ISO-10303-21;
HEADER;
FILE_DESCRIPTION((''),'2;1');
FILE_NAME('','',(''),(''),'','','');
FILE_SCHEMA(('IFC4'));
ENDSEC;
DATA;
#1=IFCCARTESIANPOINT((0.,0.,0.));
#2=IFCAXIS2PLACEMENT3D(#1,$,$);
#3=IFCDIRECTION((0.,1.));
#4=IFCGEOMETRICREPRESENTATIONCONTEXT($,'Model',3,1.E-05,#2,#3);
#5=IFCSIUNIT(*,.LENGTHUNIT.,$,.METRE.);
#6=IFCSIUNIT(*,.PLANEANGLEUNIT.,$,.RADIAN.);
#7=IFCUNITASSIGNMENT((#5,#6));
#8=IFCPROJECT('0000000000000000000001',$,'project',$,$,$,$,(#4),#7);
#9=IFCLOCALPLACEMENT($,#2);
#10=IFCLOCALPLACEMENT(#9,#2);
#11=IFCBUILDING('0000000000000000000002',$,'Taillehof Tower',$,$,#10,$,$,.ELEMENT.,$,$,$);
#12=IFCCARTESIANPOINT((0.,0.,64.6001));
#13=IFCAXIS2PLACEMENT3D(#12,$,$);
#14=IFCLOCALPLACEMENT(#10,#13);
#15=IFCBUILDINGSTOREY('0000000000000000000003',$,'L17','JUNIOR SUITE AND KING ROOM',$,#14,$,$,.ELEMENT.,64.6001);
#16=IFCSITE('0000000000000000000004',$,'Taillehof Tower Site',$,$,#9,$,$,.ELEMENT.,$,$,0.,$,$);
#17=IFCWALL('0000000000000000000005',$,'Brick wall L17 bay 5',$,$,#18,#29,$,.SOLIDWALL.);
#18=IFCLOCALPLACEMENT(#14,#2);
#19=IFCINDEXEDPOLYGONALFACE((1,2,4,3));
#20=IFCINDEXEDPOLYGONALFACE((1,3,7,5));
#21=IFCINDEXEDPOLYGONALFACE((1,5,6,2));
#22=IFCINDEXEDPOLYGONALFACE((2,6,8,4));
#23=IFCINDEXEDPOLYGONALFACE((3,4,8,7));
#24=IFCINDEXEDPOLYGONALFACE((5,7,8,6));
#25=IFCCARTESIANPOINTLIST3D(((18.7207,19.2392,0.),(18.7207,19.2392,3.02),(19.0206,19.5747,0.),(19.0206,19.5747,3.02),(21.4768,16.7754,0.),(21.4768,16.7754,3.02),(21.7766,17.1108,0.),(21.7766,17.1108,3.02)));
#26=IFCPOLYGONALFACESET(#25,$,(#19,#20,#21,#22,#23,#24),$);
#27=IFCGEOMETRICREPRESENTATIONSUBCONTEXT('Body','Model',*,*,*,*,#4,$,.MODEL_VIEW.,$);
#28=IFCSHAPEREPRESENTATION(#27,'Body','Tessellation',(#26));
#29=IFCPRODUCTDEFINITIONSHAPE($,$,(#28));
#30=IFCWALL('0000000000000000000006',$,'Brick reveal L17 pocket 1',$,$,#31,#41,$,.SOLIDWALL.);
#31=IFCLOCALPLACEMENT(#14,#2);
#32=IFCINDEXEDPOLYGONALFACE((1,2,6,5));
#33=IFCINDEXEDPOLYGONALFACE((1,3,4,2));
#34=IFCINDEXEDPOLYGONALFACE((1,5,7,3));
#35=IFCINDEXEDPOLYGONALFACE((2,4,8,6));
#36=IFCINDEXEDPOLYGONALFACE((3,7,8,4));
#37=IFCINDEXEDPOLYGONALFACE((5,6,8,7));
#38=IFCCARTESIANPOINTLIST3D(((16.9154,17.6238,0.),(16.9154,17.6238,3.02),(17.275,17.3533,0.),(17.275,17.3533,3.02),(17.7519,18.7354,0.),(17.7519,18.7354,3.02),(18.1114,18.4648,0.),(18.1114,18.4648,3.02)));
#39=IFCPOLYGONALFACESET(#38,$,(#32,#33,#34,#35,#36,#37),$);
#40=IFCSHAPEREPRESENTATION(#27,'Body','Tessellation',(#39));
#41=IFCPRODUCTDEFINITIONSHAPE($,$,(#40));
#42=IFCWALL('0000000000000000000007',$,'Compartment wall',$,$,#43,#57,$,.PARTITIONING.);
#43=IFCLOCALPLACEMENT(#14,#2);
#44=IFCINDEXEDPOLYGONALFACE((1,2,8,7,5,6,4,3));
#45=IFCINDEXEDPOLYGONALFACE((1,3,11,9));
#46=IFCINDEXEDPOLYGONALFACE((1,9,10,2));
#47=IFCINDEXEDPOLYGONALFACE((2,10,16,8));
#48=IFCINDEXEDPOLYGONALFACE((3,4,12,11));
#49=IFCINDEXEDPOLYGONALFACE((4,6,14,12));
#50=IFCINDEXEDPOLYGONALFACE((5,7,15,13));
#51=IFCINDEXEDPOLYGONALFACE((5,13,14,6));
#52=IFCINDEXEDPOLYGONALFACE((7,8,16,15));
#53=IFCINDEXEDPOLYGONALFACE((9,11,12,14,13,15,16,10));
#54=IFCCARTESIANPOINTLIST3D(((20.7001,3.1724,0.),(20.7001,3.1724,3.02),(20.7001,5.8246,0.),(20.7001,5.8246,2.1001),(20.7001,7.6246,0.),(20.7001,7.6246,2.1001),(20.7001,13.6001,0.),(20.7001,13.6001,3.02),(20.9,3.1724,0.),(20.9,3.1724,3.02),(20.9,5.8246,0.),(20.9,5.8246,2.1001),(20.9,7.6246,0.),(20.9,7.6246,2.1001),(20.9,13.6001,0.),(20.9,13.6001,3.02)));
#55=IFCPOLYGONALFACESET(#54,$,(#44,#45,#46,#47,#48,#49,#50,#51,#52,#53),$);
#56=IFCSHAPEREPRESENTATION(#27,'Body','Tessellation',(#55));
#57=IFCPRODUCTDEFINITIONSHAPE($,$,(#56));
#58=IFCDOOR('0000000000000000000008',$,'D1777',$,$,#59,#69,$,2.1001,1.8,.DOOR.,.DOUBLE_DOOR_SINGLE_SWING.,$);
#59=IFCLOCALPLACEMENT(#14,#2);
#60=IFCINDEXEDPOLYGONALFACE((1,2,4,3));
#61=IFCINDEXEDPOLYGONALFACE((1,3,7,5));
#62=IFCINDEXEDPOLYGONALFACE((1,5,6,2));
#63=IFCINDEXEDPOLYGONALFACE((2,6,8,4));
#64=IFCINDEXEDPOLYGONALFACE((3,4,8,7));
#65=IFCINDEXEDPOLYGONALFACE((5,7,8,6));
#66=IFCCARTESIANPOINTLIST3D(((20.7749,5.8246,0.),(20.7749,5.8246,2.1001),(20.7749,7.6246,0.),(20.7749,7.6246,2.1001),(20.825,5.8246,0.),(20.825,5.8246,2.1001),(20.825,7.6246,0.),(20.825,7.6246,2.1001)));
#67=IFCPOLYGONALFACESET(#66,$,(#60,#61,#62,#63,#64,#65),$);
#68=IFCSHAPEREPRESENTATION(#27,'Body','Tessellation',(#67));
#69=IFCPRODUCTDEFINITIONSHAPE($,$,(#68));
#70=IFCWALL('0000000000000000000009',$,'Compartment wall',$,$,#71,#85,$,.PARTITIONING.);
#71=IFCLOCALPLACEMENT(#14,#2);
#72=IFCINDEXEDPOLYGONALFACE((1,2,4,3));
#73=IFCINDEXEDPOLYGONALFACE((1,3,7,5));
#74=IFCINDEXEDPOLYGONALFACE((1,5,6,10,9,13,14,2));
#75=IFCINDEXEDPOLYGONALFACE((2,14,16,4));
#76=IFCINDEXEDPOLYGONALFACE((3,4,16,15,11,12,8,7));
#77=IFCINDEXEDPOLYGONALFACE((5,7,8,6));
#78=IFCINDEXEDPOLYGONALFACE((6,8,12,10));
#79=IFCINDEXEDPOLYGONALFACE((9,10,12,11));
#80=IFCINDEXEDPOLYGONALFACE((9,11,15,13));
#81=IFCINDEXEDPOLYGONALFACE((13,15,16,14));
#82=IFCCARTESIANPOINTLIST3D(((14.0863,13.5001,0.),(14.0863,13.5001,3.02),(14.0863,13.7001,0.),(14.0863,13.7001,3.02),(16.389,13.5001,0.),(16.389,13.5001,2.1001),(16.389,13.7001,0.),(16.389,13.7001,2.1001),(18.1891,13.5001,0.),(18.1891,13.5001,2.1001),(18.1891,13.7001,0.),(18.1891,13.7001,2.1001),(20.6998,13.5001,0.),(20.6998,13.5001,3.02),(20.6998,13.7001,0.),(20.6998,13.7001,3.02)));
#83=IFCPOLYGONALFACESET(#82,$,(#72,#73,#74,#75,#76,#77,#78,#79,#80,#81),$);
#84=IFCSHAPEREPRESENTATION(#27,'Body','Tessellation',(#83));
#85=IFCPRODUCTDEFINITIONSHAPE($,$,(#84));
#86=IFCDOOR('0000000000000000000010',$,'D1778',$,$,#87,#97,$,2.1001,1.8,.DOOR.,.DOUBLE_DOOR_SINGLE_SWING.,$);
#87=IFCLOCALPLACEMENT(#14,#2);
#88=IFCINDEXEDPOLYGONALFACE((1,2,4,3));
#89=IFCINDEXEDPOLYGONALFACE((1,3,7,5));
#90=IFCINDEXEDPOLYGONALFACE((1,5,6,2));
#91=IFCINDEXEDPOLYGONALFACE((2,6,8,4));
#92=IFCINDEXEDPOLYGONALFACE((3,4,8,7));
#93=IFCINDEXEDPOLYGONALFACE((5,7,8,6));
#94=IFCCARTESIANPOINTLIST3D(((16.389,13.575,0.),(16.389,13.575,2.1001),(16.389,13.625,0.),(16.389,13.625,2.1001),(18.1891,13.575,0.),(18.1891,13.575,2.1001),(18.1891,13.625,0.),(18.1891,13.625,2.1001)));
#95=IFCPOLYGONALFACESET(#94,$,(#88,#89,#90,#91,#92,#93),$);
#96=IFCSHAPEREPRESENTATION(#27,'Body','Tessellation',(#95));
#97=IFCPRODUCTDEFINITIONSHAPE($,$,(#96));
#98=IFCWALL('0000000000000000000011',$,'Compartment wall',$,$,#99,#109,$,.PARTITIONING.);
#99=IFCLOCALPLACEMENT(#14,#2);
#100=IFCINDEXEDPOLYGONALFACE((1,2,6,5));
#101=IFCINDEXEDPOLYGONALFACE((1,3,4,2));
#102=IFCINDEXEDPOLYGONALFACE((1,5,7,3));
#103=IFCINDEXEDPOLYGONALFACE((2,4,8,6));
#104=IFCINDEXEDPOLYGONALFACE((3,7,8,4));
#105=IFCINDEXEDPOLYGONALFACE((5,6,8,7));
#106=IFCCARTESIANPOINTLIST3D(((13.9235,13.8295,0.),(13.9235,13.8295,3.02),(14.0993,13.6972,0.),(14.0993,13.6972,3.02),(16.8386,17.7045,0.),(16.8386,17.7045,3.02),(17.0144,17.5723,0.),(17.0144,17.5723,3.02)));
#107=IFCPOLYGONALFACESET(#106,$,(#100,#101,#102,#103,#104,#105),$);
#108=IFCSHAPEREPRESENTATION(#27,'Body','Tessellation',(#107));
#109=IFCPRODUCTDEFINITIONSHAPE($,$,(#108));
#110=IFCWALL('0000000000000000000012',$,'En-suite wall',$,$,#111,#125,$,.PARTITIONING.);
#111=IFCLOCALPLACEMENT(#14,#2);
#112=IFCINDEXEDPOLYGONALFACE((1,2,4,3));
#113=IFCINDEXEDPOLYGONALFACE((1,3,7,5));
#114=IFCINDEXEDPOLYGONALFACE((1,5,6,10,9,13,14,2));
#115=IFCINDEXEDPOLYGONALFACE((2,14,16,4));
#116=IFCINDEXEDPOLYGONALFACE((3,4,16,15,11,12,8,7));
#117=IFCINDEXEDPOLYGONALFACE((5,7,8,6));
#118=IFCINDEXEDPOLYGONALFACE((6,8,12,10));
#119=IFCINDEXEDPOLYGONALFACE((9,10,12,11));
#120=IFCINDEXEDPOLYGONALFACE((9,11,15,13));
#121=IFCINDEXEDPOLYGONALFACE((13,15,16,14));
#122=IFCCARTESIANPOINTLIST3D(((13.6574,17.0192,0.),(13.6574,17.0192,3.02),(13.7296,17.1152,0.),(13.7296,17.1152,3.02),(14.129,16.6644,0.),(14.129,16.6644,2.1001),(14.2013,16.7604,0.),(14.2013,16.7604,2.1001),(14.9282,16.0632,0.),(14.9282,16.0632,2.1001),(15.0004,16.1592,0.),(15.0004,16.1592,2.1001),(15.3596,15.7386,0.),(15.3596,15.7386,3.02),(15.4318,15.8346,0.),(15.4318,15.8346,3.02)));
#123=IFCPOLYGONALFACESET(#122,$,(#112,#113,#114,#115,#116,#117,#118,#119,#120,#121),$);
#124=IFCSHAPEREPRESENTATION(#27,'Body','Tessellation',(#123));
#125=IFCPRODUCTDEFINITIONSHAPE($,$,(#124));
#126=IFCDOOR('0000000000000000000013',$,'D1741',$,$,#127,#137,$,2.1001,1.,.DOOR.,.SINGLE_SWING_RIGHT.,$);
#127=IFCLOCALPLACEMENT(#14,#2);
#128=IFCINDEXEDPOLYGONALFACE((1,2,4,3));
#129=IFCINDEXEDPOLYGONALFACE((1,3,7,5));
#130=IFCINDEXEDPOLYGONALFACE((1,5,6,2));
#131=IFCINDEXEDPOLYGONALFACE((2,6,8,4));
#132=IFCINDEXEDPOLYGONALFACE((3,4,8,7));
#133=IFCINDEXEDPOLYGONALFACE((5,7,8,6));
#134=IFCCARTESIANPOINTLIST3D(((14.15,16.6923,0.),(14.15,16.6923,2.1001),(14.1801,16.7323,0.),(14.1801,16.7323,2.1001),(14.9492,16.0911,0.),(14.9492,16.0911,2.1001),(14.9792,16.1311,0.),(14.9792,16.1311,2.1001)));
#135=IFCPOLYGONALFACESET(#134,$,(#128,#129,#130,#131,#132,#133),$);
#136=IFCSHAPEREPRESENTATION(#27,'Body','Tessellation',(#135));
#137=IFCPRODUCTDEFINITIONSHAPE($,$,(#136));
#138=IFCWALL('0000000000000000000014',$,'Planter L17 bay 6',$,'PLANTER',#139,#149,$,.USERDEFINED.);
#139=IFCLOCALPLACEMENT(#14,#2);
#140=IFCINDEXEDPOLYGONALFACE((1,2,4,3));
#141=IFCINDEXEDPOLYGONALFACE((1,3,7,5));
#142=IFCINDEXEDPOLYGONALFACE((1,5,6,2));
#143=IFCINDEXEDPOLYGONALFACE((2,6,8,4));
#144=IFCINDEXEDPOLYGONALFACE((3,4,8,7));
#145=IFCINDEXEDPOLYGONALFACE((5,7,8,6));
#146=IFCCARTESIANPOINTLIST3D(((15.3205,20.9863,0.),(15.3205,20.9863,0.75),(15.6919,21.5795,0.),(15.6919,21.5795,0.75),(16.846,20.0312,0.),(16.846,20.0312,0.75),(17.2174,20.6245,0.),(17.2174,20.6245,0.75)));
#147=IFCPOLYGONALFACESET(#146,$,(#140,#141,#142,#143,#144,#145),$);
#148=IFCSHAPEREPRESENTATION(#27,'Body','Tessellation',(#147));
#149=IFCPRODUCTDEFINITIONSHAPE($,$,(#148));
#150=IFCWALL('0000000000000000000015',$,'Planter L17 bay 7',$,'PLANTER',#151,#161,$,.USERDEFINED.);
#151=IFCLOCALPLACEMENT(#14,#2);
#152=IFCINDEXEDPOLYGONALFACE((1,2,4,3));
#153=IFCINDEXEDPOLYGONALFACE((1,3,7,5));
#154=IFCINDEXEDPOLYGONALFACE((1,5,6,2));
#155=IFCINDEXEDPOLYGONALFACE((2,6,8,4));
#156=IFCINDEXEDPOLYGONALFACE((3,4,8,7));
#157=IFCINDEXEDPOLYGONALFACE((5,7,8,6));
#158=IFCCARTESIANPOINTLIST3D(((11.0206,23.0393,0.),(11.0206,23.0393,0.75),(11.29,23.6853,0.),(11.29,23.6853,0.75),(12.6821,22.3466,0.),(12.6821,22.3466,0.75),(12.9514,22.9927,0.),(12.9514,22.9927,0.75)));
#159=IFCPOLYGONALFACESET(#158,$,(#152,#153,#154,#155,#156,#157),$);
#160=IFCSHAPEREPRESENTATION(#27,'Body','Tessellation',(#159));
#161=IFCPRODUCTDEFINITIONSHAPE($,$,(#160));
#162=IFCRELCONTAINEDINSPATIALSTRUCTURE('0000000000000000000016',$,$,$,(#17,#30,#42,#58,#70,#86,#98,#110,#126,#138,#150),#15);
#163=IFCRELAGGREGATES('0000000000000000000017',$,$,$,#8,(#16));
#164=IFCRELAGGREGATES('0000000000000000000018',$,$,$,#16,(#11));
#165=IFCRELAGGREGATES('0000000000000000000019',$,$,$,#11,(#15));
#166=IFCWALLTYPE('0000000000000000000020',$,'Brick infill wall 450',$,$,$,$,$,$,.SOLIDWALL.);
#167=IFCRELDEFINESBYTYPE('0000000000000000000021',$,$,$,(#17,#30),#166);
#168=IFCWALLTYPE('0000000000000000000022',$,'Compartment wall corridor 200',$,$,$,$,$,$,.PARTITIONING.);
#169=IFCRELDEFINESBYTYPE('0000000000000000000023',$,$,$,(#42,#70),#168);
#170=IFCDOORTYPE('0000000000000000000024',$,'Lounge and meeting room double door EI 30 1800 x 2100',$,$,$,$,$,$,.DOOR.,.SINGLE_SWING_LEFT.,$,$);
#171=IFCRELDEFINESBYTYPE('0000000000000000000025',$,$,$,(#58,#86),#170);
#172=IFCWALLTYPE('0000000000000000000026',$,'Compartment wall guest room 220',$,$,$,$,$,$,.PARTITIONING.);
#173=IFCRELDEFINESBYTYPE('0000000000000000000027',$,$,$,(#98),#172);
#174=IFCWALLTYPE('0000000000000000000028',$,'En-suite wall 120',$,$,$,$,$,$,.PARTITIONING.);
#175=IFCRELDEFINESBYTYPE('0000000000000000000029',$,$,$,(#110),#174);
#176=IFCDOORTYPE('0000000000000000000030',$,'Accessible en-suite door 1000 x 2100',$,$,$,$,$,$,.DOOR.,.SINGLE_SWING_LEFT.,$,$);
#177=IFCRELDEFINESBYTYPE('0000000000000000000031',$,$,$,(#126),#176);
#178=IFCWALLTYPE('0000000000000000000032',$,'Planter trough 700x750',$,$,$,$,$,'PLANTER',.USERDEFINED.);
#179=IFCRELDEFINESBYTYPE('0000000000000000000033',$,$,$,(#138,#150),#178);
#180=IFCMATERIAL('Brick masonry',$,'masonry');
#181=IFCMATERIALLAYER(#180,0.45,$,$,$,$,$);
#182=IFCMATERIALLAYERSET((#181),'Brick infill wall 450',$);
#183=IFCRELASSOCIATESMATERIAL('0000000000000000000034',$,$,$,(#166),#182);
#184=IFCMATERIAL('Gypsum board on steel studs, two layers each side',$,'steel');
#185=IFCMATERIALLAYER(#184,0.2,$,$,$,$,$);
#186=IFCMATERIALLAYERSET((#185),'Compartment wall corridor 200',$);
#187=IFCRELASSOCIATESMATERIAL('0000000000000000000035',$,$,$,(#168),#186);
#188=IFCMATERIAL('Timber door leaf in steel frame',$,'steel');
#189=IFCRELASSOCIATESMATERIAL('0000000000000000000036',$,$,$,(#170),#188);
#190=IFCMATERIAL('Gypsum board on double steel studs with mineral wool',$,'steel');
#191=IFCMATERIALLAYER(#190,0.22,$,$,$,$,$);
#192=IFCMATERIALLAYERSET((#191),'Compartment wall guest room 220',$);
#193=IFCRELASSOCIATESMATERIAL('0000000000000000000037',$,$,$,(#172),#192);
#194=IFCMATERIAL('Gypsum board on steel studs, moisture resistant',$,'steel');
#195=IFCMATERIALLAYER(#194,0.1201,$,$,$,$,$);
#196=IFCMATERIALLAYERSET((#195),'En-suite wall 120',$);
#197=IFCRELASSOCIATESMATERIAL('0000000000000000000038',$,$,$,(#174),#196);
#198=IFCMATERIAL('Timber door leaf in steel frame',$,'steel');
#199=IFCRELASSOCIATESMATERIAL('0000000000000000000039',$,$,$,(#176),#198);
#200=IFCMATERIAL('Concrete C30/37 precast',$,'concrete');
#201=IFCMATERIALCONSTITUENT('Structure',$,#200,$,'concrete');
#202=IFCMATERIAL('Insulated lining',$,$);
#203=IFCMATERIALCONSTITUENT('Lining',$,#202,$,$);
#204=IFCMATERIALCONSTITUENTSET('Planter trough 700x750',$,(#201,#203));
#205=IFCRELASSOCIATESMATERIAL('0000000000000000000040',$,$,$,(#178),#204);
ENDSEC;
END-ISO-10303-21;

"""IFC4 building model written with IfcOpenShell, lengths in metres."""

from ifc_helpers import new_model, si_unit, direction, frame, frame_2d, origin, place, context, subcontext, project, spatial, rectangle, extrude, material, layer, layer_set, constituent, constituent_set, type_object, element, fill, save


model = new_model("IFC4")

# Units and contexts
model_context = context("Model", 3, precision=1e-05, world=origin(), true_north=direction((0.0, 1.0)))
body_context = subcontext(model_context, "Body", "Model", "MODEL_VIEW")
ifc_project = project(units=[si_unit("LENGTHUNIT", "METRE"), si_unit("PLANEANGLEUNIT", "RADIAN")], contexts=[model_context])

# Site, building, storey
site_placement = place(None, origin())
site = spatial("IfcSite", under=ifc_project, at=site_placement, Name="Taillehof Tower Site", CompositionType="ELEMENT", RefElevation=0.0)
building_placement = place(site_placement, origin())
building = spatial("IfcBuilding", under=site, at=building_placement, Name="Taillehof Tower", CompositionType="ELEMENT")
storey_placement = place(building_placement, frame((0.0, 0.0, 64.6001)))
storey = spatial("IfcBuildingStorey", under=building, at=storey_placement, Name="L17", Description="JUNIOR SUITE AND KING ROOM", CompositionType="ELEMENT", Elevation=64.6001)

# Shared definitions
ifc_material_1 = material(Name="Brick masonry", Category="masonry")
ifc_layer_1 = layer(ifc_material_1, 0.45)
ifc_layer_set_1 = layer_set([ifc_layer_1], Name="Brick infill wall 450")
wall_type_1 = type_object("IfcWallType", Name="Brick infill wall 450", PredefinedType="SOLIDWALL", material=ifc_layer_set_1)

# Walls
wall_1_placement = place(storey_placement, frame((21.6267, 16.9431, 0.0), z_axis=(0.0, 0.0, 1.0), x_axis=(-0.745526, 0.666476, 0.0)))
element("IfcWall", 1, at=wall_1_placement, inside=storey, type_object=wall_type_1, Name="Brick wall L17 bay 5", PredefinedType="SOLIDWALL", context=body_context, shape_type="SweptSolid", body=[
    extrude(rectangle(XDim=3.6968, YDim=0.45, at=frame_2d((1.8484, 0.0))), origin(), (0.0, 0.0, 1.0), 3.02),
])
wall_2_placement = place(storey_placement, frame((17.9316, 18.6001, 0.0), z_axis=(0.0, 0.0, 1.0), x_axis=(-0.601263, -0.799051, 0.0)))
element("IfcWall", 2, at=wall_2_placement, inside=storey, type_object=wall_type_1, Name="Brick reveal L17 pocket 1", PredefinedType="SOLIDWALL", context=body_context, shape_type="SweptSolid", body=[
    extrude(rectangle(XDim=1.3911, YDim=0.45, at=frame_2d((0.6956, 0.0))), origin(), (0.0, 0.0, 1.0), 3.02),
])

# Walls, openings, doors
ifc_material_2 = material(Name="Gypsum board on steel studs, two layers each side", Category="steel")
ifc_layer_2 = layer(ifc_material_2, 0.2)
ifc_layer_set_2 = layer_set([ifc_layer_2], Name="Compartment wall corridor 200")
wall_type_2 = type_object("IfcWallType", Name="Compartment wall corridor 200", PredefinedType="PARTITIONING", material=ifc_layer_set_2)
wall_3_placement = place(storey_placement, frame((20.8, 13.6001, 0.0), z_axis=(0.0, 0.0, 1.0), x_axis=(0.0, -1.0, 0.0)))
wall_3 = element("IfcWall", 3, at=wall_3_placement, inside=storey, type_object=wall_type_2, Name="Compartment wall", PredefinedType="PARTITIONING", context=body_context, shape_type="SweptSolid", body=[
    extrude(rectangle(XDim=10.4277, YDim=0.2, at=frame_2d((5.2139, 0.0))), origin(), (0.0, 0.0, 1.0), 3.02),
])
opening_1_placement = place(wall_3_placement, frame((5.9756, 0.0, 0.0)))
opening_1 = element("IfcOpeningElement", 4, at=opening_1_placement, cuts=wall_3, PredefinedType="OPENING", context=body_context, shape_type="SweptSolid", body=[
    extrude(rectangle(XDim=1.8, YDim=2.1001, at=frame_2d((0.8999, 1.05))), frame((0.0, 0.1099, 0.0), z_axis=(0.0, -1.0, 0.0), x_axis=(1.0, 0.0, 0.0)), (0.0, 0.0, 1.0), 0.22),
])
ifc_material_3 = material(Name="Timber door leaf in steel frame", Category="steel")
door_type_1 = type_object("IfcDoorType", Name="Lounge and meeting room double door EI 30 1800 x 2100", OperationType="SINGLE_SWING_LEFT", PredefinedType="DOOR", material=ifc_material_3)
door_1_placement = place(opening_1_placement, origin())
door_1 = element("IfcDoor", 5, at=door_1_placement, inside=storey, type_object=door_type_1, Name="D1777", OperationType="DOUBLE_DOOR_SINGLE_SWING", OverallHeight=2.1001, OverallWidth=1.8, PredefinedType="DOOR", context=body_context, shape_type="SweptSolid", body=[
    extrude(rectangle(XDim=1.8, YDim=2.1001, at=frame_2d((0.8999, 1.05))), frame((0.0, 0.0249, 0.0), z_axis=(0.0, -1.0, 0.0), x_axis=(1.0, 0.0, 0.0)), (0.0, 0.0, 1.0), 0.05),
])
fill(opening_1, door_1)
wall_4_placement = place(storey_placement, frame((14.0864, 13.6001, 0.0), z_axis=(0.0, 0.0, 1.0), x_axis=(1.0, 0.0, 0.0)))
wall_4 = element("IfcWall", 6, at=wall_4_placement, inside=storey, type_object=wall_type_2, Name="Compartment wall", PredefinedType="PARTITIONING", context=body_context, shape_type="SweptSolid", body=[
    extrude(rectangle(XDim=6.6135, YDim=0.2, at=frame_2d((3.3066, 0.0))), origin(), (0.0, 0.0, 1.0), 3.02),
])
opening_2_placement = place(wall_4_placement, frame((2.3027, 0.0, 0.0)))
opening_2 = element("IfcOpeningElement", 7, at=opening_2_placement, cuts=wall_4, PredefinedType="OPENING", context=body_context, shape_type="SweptSolid", body=[
    extrude(rectangle(XDim=1.8, YDim=2.1001, at=frame_2d((0.8999, 1.05))), frame((0.0, 0.1099, 0.0), z_axis=(0.0, -1.0, 0.0), x_axis=(1.0, 0.0, 0.0)), (0.0, 0.0, 1.0), 0.22),
])
door_2_placement = place(opening_2_placement, origin())
door_2 = element("IfcDoor", 8, at=door_2_placement, inside=storey, type_object=door_type_1, Name="D1778", OperationType="DOUBLE_DOOR_SINGLE_SWING", OverallHeight=2.1001, OverallWidth=1.8, PredefinedType="DOOR", context=body_context, shape_type="SweptSolid", body=[
    extrude(rectangle(XDim=1.8, YDim=2.1001, at=frame_2d((0.8999, 1.05))), frame((0.0, 0.0249, 0.0), z_axis=(0.0, -1.0, 0.0), x_axis=(1.0, 0.0, 0.0)), (0.0, 0.0, 1.0), 0.05),
])
fill(opening_2, door_2)

# Wall
ifc_material_4 = material(Name="Gypsum board on double steel studs with mineral wool", Category="steel")
ifc_layer_3 = layer(ifc_material_4, 0.22)
ifc_layer_set_3 = layer_set([ifc_layer_3], Name="Compartment wall guest room 220")
wall_type_3 = type_object("IfcWallType", Name="Compartment wall guest room 220", PredefinedType="PARTITIONING", material=ifc_layer_set_3)
wall_5_placement = place(storey_placement, frame((16.9265, 17.6384, 0.0), z_axis=(0.0, 0.0, 1.0), x_axis=(-0.601159, -0.799129, 0.0)))
element("IfcWall", 9, at=wall_5_placement, inside=storey, type_object=wall_type_3, Name="Compartment wall", PredefinedType="PARTITIONING", context=body_context, shape_type="SweptSolid", body=[
    extrude(rectangle(XDim=4.8491, YDim=0.22, at=frame_2d((2.4246, 0.0))), origin(), (0.0, 0.0, 1.0), 3.02),
])

# Wall, opening, door
ifc_material_5 = material(Name="Gypsum board on steel studs, moisture resistant", Category="steel")
ifc_layer_4 = layer(ifc_material_5, 0.1201)
ifc_layer_set_4 = layer_set([ifc_layer_4], Name="En-suite wall 120")
wall_type_4 = type_object("IfcWallType", Name="En-suite wall 120", PredefinedType="PARTITIONING", material=ifc_layer_set_4)
wall_6_placement = place(storey_placement, frame((13.6936, 17.0671, 0.0), z_axis=(0.0, 0.0, 1.0), x_axis=(0.799119, -0.601173, 0.0)))
wall_6 = element("IfcWall", 10, at=wall_6_placement, inside=storey, type_object=wall_type_4, Name="En-suite wall", PredefinedType="PARTITIONING", context=body_context, shape_type="SweptSolid", body=[
    extrude(rectangle(XDim=2.1301, YDim=0.1201, at=frame_2d((1.0649, 0.0))), origin(), (0.0, 0.0, 1.0), 3.02),
])
opening_3_placement = place(wall_6_placement, frame((0.5901, 0.0, 0.0)))
opening_3 = element("IfcOpeningElement", 11, at=opening_3_placement, cuts=wall_6, PredefinedType="OPENING", context=body_context, shape_type="SweptSolid", body=[
    extrude(rectangle(XDim=1.0, YDim=2.1001, at=frame_2d((0.5, 1.05))), frame((0.0, 0.0701, 0.0), z_axis=(0.0, -1.0, 0.0), x_axis=(1.0, 0.0, 0.0)), (0.0, 0.0, 1.0), 0.1401),
])
ifc_material_6 = material(Name="Timber door leaf in steel frame", Category="steel")
door_type_2 = type_object("IfcDoorType", Name="Accessible en-suite door 1000 x 2100", OperationType="SINGLE_SWING_LEFT", PredefinedType="DOOR", material=ifc_material_6)
door_3_placement = place(opening_3_placement, origin())
door_3 = element("IfcDoor", 12, at=door_3_placement, inside=storey, type_object=door_type_2, Name="D1741", OperationType="SINGLE_SWING_RIGHT", OverallHeight=2.1001, OverallWidth=1.0, PredefinedType="DOOR", context=body_context, shape_type="SweptSolid", body=[
    extrude(rectangle(XDim=1.0, YDim=2.1001, at=frame_2d((0.5, 1.05))), frame((0.0, 0.0249, 0.0), z_axis=(0.0, -1.0, 0.0), x_axis=(1.0, 0.0, 0.0)), (0.0, 0.0, 1.0), 0.05),
])
fill(opening_3, door_3)

# Walls
ifc_material_7 = material(Name="Concrete C30/37 precast", Category="concrete")
ifc_constituent_1 = constituent(ifc_material_7, Name="Structure", Category="concrete")
ifc_material_8 = material(Name="Insulated lining")
ifc_constituent_2 = constituent(ifc_material_8, Name="Lining")
ifc_constituent_set = constituent_set(constituents=[ifc_constituent_1, ifc_constituent_2], Name="Planter trough 700x750")
wall_type_5 = type_object("IfcWallType", Name="Planter trough 700x750", ElementType="PLANTER", PredefinedType="USERDEFINED", material=ifc_constituent_set)
wall_7_placement = place(storey_placement, frame((17.0317, 20.3279, 0.0), z_axis=(0.0, 0.0, 1.0), x_axis=(-0.847609, 0.530621, 0.0)))
element("IfcWall", 13, at=wall_7_placement, inside=storey, type_object=wall_type_5, Name="Planter L17 bay 6", ObjectType="PLANTER", PredefinedType="USERDEFINED", context=body_context, shape_type="SweptSolid", body=[
    extrude(rectangle(XDim=1.7998, YDim=0.7, at=frame_2d((0.8999, 0.0))), origin(), (0.0, 0.0, 1.0), 0.75),
])
wall_8_placement = place(storey_placement, frame((12.8167, 22.6697, 0.0), z_axis=(0.0, 0.0, 1.0), x_axis=(-0.923001, 0.384798, 0.0)))
element("IfcWall", 14, at=wall_8_placement, inside=storey, type_object=wall_type_5, Name="Planter L17 bay 7", ObjectType="PLANTER", PredefinedType="USERDEFINED", context=body_context, shape_type="SweptSolid", body=[
    extrude(rectangle(XDim=1.8, YDim=0.7, at=frame_2d((0.8999, 0.0))), origin(), (0.0, 0.0, 1.0), 0.75),
])

save(model, "model.ifc")
